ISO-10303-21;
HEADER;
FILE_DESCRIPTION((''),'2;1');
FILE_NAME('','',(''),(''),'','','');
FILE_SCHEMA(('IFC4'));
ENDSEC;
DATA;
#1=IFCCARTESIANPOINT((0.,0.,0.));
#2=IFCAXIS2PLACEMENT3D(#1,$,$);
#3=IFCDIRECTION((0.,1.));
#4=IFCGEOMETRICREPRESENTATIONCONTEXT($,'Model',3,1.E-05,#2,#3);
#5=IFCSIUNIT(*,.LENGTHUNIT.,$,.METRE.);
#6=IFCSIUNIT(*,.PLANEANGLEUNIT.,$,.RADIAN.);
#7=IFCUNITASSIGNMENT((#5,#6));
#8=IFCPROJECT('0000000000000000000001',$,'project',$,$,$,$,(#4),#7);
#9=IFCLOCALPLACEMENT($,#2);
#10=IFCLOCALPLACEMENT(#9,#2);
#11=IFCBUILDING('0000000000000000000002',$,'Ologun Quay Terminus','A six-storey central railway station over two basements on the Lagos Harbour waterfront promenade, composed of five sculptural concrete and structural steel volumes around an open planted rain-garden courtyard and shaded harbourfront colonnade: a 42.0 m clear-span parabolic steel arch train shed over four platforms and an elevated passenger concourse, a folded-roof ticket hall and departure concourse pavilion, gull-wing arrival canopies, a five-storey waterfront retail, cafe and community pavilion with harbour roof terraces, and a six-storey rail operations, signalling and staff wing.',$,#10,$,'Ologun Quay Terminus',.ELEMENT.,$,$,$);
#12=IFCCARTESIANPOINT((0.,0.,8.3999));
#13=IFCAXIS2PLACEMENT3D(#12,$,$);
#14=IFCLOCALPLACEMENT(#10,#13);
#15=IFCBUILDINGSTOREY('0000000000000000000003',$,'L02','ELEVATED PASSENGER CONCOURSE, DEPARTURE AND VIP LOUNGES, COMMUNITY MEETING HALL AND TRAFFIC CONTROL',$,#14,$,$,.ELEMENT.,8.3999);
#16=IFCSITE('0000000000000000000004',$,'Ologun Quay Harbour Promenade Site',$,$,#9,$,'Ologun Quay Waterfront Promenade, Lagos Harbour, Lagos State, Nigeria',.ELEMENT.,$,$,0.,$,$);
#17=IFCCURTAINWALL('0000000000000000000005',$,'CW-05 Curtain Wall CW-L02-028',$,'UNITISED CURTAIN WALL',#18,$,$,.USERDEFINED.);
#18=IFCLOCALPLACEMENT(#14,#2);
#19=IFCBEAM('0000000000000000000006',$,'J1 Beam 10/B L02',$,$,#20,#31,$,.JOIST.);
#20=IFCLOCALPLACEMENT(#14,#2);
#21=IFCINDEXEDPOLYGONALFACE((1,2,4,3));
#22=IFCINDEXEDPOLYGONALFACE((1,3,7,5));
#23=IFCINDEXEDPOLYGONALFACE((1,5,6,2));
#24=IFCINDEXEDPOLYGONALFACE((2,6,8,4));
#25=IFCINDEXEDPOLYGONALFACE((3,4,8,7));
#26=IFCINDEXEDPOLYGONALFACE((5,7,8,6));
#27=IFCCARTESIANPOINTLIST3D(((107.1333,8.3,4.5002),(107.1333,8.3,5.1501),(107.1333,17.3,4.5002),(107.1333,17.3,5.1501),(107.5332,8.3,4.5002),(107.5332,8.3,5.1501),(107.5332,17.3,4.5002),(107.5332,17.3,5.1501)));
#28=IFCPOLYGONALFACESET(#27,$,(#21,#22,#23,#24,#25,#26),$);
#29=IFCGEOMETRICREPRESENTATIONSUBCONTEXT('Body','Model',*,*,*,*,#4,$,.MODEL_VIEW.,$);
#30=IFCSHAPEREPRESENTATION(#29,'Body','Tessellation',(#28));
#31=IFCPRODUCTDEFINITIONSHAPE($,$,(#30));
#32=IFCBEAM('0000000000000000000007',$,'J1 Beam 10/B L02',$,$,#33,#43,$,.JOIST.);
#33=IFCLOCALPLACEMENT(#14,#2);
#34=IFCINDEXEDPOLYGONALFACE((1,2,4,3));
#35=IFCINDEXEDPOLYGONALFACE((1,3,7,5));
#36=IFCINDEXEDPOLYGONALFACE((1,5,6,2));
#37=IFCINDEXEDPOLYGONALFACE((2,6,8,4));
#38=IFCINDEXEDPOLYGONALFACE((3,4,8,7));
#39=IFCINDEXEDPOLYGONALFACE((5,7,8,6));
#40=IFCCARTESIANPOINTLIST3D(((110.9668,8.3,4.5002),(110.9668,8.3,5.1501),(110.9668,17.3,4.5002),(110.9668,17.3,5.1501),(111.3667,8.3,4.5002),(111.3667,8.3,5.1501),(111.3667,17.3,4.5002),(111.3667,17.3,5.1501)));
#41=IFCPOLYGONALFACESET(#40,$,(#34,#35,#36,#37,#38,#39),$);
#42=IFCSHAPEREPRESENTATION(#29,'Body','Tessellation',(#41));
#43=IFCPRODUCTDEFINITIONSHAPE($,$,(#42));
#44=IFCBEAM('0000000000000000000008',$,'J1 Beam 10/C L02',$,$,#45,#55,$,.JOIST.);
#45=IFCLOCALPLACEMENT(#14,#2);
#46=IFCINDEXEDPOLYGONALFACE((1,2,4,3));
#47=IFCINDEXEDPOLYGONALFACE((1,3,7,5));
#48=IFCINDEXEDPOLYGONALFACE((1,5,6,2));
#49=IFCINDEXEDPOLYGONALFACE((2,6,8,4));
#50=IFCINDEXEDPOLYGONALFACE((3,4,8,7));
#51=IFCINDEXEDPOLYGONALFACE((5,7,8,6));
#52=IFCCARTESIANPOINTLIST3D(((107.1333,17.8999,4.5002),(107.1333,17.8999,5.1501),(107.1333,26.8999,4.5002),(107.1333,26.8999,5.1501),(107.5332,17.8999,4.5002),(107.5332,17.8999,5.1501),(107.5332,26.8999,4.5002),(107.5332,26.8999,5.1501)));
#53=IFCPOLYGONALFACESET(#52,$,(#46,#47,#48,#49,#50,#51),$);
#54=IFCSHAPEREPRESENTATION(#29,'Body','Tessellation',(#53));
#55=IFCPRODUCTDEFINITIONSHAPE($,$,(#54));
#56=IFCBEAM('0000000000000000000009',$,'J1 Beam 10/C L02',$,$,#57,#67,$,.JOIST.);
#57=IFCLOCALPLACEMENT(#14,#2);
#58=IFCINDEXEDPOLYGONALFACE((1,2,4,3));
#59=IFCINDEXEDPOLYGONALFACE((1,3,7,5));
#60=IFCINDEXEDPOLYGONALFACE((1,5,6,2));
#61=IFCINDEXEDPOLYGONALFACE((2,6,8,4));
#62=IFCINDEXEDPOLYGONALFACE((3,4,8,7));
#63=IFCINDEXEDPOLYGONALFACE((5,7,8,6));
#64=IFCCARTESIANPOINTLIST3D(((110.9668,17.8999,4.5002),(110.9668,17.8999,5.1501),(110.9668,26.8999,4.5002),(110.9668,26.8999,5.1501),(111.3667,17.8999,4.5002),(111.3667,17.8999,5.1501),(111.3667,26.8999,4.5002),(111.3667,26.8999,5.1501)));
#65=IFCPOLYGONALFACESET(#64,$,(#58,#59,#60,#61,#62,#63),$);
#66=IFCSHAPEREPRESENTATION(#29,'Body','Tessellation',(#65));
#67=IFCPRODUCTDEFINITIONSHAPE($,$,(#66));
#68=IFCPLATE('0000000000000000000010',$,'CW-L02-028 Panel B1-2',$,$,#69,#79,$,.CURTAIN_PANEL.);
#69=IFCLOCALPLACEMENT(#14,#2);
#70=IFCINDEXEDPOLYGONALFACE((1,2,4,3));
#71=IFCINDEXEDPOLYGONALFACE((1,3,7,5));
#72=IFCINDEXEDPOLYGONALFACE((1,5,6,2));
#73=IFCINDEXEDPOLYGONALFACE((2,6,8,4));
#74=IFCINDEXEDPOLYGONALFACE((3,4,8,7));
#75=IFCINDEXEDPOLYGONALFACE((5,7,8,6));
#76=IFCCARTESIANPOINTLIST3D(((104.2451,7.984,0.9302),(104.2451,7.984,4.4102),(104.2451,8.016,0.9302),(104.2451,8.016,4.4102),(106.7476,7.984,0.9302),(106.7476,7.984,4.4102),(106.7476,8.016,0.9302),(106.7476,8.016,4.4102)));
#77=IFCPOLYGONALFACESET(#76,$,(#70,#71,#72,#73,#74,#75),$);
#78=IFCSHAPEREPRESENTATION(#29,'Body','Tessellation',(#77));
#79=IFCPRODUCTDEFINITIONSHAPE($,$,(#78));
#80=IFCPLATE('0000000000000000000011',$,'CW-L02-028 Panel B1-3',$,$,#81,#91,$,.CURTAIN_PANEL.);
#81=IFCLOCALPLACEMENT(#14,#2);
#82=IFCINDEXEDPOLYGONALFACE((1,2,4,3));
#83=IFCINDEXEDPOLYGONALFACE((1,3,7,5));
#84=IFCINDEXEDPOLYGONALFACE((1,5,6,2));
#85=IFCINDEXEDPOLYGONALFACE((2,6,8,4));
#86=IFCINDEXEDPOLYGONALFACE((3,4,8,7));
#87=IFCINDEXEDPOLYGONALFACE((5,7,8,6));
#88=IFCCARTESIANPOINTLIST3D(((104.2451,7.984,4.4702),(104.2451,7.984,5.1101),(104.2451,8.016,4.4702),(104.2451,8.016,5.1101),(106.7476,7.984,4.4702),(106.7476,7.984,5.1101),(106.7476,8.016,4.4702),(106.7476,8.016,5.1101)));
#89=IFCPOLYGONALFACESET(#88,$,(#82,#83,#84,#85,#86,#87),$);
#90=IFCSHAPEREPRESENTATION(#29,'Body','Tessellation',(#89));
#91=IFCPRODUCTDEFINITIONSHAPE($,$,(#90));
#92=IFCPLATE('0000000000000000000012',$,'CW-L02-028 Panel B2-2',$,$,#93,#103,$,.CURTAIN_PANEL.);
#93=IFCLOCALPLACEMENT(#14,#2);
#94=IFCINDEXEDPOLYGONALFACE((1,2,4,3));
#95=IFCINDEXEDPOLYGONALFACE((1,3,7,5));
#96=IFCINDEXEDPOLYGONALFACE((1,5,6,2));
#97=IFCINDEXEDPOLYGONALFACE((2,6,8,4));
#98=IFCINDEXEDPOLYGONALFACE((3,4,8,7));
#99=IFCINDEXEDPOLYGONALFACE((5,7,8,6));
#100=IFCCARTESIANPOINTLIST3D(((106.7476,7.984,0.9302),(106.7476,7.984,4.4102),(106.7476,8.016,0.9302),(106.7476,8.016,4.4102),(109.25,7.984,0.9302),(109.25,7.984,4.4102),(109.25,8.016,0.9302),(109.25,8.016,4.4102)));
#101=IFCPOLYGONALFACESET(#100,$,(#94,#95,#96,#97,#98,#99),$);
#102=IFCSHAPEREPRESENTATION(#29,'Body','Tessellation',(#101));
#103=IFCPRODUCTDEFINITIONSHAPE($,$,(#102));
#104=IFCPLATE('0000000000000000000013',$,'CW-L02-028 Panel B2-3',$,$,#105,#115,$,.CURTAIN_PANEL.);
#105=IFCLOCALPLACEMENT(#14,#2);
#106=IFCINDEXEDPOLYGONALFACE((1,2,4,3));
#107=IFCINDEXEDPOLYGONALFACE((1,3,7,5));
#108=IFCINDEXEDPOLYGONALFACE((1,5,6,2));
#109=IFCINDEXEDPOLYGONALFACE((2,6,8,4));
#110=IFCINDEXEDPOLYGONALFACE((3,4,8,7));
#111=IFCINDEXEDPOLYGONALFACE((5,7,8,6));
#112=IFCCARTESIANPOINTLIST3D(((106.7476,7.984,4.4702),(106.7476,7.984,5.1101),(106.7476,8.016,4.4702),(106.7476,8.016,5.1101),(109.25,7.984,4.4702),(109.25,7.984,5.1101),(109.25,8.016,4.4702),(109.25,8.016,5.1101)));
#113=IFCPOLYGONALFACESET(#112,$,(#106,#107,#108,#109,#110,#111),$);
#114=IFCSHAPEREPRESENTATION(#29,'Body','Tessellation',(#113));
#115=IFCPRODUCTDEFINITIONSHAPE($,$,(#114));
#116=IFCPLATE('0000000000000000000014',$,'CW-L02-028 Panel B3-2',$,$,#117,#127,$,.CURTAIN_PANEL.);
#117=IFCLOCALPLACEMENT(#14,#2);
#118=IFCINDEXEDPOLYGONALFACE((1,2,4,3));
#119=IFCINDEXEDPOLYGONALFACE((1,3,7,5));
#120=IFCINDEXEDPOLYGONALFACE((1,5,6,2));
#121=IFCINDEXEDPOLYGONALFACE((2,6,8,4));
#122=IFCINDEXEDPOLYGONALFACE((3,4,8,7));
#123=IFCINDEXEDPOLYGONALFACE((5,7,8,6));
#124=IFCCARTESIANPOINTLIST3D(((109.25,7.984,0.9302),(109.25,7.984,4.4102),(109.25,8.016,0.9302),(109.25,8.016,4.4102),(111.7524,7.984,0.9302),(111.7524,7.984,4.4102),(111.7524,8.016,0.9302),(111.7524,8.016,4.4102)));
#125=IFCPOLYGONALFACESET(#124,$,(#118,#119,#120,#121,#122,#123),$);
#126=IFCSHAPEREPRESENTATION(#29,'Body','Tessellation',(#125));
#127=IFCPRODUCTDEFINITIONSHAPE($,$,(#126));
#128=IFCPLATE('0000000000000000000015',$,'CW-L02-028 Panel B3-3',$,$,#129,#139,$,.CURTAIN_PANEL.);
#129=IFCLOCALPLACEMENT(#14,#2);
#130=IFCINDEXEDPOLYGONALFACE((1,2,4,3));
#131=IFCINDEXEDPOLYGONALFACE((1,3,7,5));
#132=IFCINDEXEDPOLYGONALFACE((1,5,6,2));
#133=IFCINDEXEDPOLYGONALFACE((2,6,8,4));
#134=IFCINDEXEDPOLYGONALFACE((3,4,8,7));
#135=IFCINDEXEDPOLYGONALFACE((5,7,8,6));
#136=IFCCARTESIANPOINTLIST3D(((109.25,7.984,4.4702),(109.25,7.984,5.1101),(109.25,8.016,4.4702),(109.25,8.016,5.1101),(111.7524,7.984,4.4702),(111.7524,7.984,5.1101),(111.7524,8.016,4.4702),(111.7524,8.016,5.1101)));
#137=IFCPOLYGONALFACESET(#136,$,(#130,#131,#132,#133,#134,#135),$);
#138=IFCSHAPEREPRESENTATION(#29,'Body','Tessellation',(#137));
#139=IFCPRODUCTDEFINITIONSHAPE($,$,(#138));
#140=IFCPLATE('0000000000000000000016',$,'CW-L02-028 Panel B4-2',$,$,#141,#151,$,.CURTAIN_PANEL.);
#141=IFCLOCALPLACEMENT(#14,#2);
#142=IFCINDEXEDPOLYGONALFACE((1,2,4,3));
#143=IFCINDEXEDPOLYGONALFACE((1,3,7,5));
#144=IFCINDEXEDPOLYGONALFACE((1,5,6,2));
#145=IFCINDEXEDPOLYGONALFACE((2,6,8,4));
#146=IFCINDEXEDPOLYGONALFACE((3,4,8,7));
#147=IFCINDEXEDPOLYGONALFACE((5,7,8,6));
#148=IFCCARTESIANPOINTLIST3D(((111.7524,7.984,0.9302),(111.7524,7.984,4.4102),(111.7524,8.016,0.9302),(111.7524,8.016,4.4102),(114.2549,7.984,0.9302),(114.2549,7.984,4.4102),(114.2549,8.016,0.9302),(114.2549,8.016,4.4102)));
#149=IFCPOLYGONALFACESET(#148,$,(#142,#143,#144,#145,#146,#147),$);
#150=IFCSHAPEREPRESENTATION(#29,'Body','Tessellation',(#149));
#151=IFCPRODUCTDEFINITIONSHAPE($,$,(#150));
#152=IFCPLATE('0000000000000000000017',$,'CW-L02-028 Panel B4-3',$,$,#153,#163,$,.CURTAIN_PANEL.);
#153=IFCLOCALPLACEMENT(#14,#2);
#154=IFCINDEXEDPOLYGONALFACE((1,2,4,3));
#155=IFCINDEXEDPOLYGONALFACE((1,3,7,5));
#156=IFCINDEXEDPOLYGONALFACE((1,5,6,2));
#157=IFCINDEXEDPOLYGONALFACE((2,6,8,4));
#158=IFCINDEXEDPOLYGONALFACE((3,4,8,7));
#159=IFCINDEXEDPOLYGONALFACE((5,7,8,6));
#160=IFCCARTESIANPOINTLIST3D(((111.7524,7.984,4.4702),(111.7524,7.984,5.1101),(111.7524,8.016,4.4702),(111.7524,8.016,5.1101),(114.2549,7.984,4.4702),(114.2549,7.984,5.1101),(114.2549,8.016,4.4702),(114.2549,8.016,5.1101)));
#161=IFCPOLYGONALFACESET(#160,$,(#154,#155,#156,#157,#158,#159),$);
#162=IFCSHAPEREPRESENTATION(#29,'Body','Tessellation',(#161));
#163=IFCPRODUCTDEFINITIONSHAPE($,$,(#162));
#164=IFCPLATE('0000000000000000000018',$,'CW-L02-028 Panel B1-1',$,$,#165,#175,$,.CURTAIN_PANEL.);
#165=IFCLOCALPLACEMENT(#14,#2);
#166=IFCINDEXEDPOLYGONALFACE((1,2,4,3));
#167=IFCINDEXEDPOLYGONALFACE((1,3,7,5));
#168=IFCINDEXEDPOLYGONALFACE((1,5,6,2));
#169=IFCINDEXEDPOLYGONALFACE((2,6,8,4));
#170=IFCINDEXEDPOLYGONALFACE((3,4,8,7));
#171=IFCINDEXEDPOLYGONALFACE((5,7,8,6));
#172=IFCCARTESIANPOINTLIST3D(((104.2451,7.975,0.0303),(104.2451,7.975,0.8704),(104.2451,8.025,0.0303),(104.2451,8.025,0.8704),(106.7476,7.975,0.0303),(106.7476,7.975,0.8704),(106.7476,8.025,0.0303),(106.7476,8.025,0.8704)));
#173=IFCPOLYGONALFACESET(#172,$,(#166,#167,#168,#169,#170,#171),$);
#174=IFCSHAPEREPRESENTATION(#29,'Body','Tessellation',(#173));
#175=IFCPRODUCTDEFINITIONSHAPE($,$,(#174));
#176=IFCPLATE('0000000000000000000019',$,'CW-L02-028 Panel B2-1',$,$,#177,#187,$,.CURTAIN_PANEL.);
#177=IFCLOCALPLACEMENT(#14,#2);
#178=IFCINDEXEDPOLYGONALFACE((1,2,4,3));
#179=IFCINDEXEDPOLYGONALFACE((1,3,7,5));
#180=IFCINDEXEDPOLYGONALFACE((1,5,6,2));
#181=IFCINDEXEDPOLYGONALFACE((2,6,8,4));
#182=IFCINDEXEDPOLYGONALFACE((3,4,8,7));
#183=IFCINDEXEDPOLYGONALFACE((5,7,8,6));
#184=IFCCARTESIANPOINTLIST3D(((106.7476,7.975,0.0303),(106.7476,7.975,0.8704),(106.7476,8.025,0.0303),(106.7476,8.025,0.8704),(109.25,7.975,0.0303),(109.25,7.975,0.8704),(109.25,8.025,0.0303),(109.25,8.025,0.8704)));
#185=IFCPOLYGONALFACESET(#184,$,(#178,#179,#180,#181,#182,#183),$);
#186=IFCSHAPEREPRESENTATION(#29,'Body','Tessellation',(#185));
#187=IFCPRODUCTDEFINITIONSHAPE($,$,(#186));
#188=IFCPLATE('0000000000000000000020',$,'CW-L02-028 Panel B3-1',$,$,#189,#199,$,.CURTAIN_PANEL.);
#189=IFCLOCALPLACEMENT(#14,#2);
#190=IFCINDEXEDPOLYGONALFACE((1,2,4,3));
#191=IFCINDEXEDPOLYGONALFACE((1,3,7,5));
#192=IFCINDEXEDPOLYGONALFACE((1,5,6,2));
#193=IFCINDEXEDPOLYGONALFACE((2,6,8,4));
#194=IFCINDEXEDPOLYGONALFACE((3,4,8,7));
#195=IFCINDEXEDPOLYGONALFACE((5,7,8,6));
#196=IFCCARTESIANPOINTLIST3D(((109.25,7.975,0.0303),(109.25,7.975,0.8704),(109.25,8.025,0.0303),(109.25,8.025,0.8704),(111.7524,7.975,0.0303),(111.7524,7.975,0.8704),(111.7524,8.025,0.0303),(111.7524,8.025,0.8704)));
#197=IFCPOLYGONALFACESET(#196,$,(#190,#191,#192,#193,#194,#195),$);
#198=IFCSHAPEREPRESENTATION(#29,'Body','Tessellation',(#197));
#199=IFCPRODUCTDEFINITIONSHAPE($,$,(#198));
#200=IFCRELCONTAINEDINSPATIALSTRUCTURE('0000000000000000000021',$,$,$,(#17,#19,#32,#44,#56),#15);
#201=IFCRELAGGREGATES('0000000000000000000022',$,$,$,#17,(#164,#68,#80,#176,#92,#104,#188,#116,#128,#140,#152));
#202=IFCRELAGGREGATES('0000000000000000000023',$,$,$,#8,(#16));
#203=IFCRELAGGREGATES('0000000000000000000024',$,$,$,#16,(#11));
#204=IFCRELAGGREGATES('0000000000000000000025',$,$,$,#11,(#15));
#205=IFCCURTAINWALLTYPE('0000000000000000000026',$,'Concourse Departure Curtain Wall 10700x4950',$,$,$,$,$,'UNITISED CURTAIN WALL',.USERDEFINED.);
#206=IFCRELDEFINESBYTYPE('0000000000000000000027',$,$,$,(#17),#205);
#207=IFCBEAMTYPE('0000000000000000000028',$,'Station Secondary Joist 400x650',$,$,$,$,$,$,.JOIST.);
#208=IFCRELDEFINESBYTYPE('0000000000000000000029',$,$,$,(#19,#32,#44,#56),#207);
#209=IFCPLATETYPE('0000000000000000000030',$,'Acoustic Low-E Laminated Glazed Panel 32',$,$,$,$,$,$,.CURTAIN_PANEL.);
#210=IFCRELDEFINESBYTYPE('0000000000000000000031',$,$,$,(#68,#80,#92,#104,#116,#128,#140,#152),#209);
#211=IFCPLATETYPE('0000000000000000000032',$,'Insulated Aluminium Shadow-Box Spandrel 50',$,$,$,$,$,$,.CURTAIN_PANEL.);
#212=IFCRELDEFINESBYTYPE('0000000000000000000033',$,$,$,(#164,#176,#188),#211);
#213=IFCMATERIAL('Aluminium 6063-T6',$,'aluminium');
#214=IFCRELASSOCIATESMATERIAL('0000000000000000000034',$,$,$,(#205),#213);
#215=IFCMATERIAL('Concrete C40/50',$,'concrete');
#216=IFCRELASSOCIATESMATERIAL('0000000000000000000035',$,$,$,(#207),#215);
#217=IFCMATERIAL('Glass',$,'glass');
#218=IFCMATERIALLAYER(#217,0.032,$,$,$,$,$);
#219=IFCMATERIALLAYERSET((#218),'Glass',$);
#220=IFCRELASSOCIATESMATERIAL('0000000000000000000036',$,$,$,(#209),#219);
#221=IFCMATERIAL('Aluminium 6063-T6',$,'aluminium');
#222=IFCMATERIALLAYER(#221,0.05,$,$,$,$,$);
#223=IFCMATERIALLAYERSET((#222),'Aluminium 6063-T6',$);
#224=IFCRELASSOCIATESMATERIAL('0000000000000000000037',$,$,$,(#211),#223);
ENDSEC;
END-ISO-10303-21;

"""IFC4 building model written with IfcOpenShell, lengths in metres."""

from ifc_helpers import new_model, si_unit, direction, frame, origin, origin_2d, place, context, subcontext, project, spatial, rectangle, extrude, material, layer, layer_set, material_profile, profile_set, type_object, element, aggregate, save


model = new_model("IFC4")

# Units and contexts
model_context = context("Model", 3, precision=1e-05, world=origin(), true_north=direction((0.0, 1.0)))
body_context = subcontext(model_context, "Body", "Model", "MODEL_VIEW")
ifc_project = project(units=[si_unit("LENGTHUNIT", "METRE"), si_unit("PLANEANGLEUNIT", "RADIAN")], contexts=[model_context])

# Site, building, storey
site_placement = place(None, origin())
site = spatial("IfcSite", under=ifc_project, at=site_placement, Name="Ologun Quay Harbour Promenade Site", LongName="Ologun Quay Waterfront Promenade, Lagos Harbour, Lagos State, Nigeria", CompositionType="ELEMENT", RefElevation=0.0)
building_placement = place(site_placement, origin())
building = spatial("IfcBuilding", under=site, at=building_placement, Name="Ologun Quay Terminus", Description="A six-storey central railway station over two basements on the Lagos Harbour waterfront promenade, composed of five sculptural concrete and structural steel volumes around an open planted rain-garden courtyard and shaded harbourfront colonnade: a 42.0 m clear-span parabolic steel arch train shed over four platforms and an elevated passenger concourse, a folded-roof ticket hall and departure concourse pavilion, gull-wing arrival canopies, a five-storey waterfront retail, cafe and community pavilion with harbour roof terraces, and a six-storey rail operations, signalling and staff wing.", LongName="Ologun Quay Terminus", CompositionType="ELEMENT")
storey_placement = place(building_placement, frame((0.0, 0.0, 8.3999)))
storey = spatial("IfcBuildingStorey", under=building, at=storey_placement, Name="L02", Description="ELEVATED PASSENGER CONCOURSE, DEPARTURE AND VIP LOUNGES, COMMUNITY MEETING HALL AND TRAFFIC CONTROL", CompositionType="ELEMENT", Elevation=8.3999)

# Curtain wall
ifc_material_1 = material(Name="Aluminium 6063-T6", Category="aluminium")
curtain_wall_type = type_object("IfcCurtainWallType", Name="Concourse Departure Curtain Wall 10700x4950", ElementType="UNITISED CURTAIN WALL", PredefinedType="USERDEFINED", material=ifc_material_1)
curtain_wall_placement = place(storey_placement, origin())
curtain_wall = element("IfcCurtainWall", 1, at=curtain_wall_placement, inside=storey, type_object=curtain_wall_type, Name="CW-05 Curtain Wall CW-L02-028", ObjectType="UNITISED CURTAIN WALL", PredefinedType="USERDEFINED")

# Beams
ifc_material_2 = material(Name="Concrete C40/50", Category="concrete")
ifc_material_profile_1 = material_profile(ifc_material_2, rectangle(XDim=0.3999, YDim=0.6499, at=origin_2d()), Name="RC 400x650")
ifc_profile_set_1 = profile_set([ifc_material_profile_1], Name="Concrete C40/50")
beam_type_1 = type_object("IfcBeamType", Name="Station Secondary Joist 400x650", PredefinedType="JOIST", material=ifc_profile_set_1)
for number, where, z_axis, x_axis, name in (
    (2, (107.3333, 8.3, 4.8252), (0.0, 1.0, 0.0), (-1.0, 0.0, 0.0), "J1 Beam 10/B L02"),
    (3, (111.1667, 8.3, 4.8252), (0.0, 1.0, 0.0), (-1.0, 0.0, 0.0), "J1 Beam 10/B L02"),
    (4, (107.3333, 17.8999, 4.8252), (0.0, 1.0, 0.0), (-1.0, 0.0, 0.0), "J1 Beam 10/C L02"),
    (5, (111.1667, 17.8999, 4.8252), (0.0, 1.0, 0.0), (-1.0, 0.0, 0.0), "J1 Beam 10/C L02"),
):
    element("IfcBeam", number, at=place(storey_placement, frame(where, z_axis=z_axis, x_axis=x_axis)), inside=storey, type_object=beam_type_1, Name=name, PredefinedType="JOIST", context=body_context, shape_type="SweptSolid", body=[
        extrude(rectangle(XDim=0.3999, YDim=0.6499, at=origin_2d()), origin(), (0.0, 0.0, 1.0), 9.0),
    ])

# Plates
ifc_material_3 = material(Name="Glass", Category="glass")
ifc_layer_1 = layer(ifc_material_3, 0.032)
ifc_layer_set_1 = layer_set([ifc_layer_1], Name="Glass")
plate_type_1 = type_object("IfcPlateType", Name="Acoustic Low-E Laminated Glazed Panel 32", PredefinedType="CURTAIN_PANEL", material=ifc_layer_set_1)
plate_1_placement = place(storey_placement, frame((105.4963, 8.0, 0.9302), z_axis=(0.0, 0.0, 1.0), x_axis=(1.0, 0.0, 0.0)))
plate_1 = element("IfcPlate", 6, at=plate_1_placement, type_object=plate_type_1, Name="CW-L02-028 Panel B1-2", PredefinedType="CURTAIN_PANEL", context=body_context, shape_type="SweptSolid", body=[
    extrude(rectangle(XDim=2.5024, YDim=0.032, at=origin_2d()), origin(), (0.0, 0.0, 1.0), 3.48),
])
plate_2_placement = place(storey_placement, frame((105.4963, 8.0, 4.4702), z_axis=(0.0, 0.0, 1.0), x_axis=(1.0, 0.0, 0.0)))
plate_2 = element("IfcPlate", 7, at=plate_2_placement, type_object=plate_type_1, Name="CW-L02-028 Panel B1-3", PredefinedType="CURTAIN_PANEL", context=body_context, shape_type="SweptSolid", body=[
    extrude(rectangle(XDim=2.5024, YDim=0.032, at=origin_2d()), origin(), (0.0, 0.0, 1.0), 0.6399),
])
plate_3_placement = place(storey_placement, frame((107.9988, 8.0, 0.9302), z_axis=(0.0, 0.0, 1.0), x_axis=(1.0, 0.0, 0.0)))
plate_3 = element("IfcPlate", 8, at=plate_3_placement, type_object=plate_type_1, Name="CW-L02-028 Panel B2-2", PredefinedType="CURTAIN_PANEL", context=body_context, shape_type="SweptSolid", body=[
    extrude(rectangle(XDim=2.5024, YDim=0.032, at=origin_2d()), origin(), (0.0, 0.0, 1.0), 3.48),
])
plate_4_placement = place(storey_placement, frame((107.9988, 8.0, 4.4702), z_axis=(0.0, 0.0, 1.0), x_axis=(1.0, 0.0, 0.0)))
plate_4 = element("IfcPlate", 9, at=plate_4_placement, type_object=plate_type_1, Name="CW-L02-028 Panel B2-3", PredefinedType="CURTAIN_PANEL", context=body_context, shape_type="SweptSolid", body=[
    extrude(rectangle(XDim=2.5024, YDim=0.032, at=origin_2d()), origin(), (0.0, 0.0, 1.0), 0.6399),
])
plate_5_placement = place(storey_placement, frame((110.5012, 8.0, 0.9302), z_axis=(0.0, 0.0, 1.0), x_axis=(1.0, 0.0, 0.0)))
plate_5 = element("IfcPlate", 10, at=plate_5_placement, type_object=plate_type_1, Name="CW-L02-028 Panel B3-2", PredefinedType="CURTAIN_PANEL", context=body_context, shape_type="SweptSolid", body=[
    extrude(rectangle(XDim=2.5024, YDim=0.032, at=origin_2d()), origin(), (0.0, 0.0, 1.0), 3.48),
])
plate_6_placement = place(storey_placement, frame((110.5012, 8.0, 4.4702), z_axis=(0.0, 0.0, 1.0), x_axis=(1.0, 0.0, 0.0)))
plate_6 = element("IfcPlate", 11, at=plate_6_placement, type_object=plate_type_1, Name="CW-L02-028 Panel B3-3", PredefinedType="CURTAIN_PANEL", context=body_context, shape_type="SweptSolid", body=[
    extrude(rectangle(XDim=2.5024, YDim=0.032, at=origin_2d()), origin(), (0.0, 0.0, 1.0), 0.6399),
])
plate_7_placement = place(storey_placement, frame((113.0037, 8.0, 0.9302), z_axis=(0.0, 0.0, 1.0), x_axis=(1.0, 0.0, 0.0)))
plate_7 = element("IfcPlate", 12, at=plate_7_placement, type_object=plate_type_1, Name="CW-L02-028 Panel B4-2", PredefinedType="CURTAIN_PANEL", context=body_context, shape_type="SweptSolid", body=[
    extrude(rectangle(XDim=2.5024, YDim=0.032, at=origin_2d()), origin(), (0.0, 0.0, 1.0), 3.48),
])
plate_8_placement = place(storey_placement, frame((113.0037, 8.0, 4.4702), z_axis=(0.0, 0.0, 1.0), x_axis=(1.0, 0.0, 0.0)))
plate_8 = element("IfcPlate", 13, at=plate_8_placement, type_object=plate_type_1, Name="CW-L02-028 Panel B4-3", PredefinedType="CURTAIN_PANEL", context=body_context, shape_type="SweptSolid", body=[
    extrude(rectangle(XDim=2.5024, YDim=0.032, at=origin_2d()), origin(), (0.0, 0.0, 1.0), 0.6399),
])
ifc_material_4 = material(Name="Aluminium 6063-T6", Category="aluminium")
ifc_layer_2 = layer(ifc_material_4, 0.05)
ifc_layer_set_2 = layer_set([ifc_layer_2], Name="Aluminium 6063-T6")
plate_type_2 = type_object("IfcPlateType", Name="Insulated Aluminium Shadow-Box Spandrel 50", PredefinedType="CURTAIN_PANEL", material=ifc_layer_set_2)
plate_9_placement = place(storey_placement, frame((105.4963, 8.0, 0.0303), z_axis=(0.0, 0.0, 1.0), x_axis=(1.0, 0.0, 0.0)))
plate_9 = element("IfcPlate", 14, at=plate_9_placement, type_object=plate_type_2, Name="CW-L02-028 Panel B1-1", PredefinedType="CURTAIN_PANEL", context=body_context, shape_type="SweptSolid", body=[
    extrude(rectangle(XDim=2.5024, YDim=0.05, at=origin_2d()), origin(), (0.0, 0.0, 1.0), 0.8401),
])
plate_10_placement = place(storey_placement, frame((107.9988, 8.0, 0.0303), z_axis=(0.0, 0.0, 1.0), x_axis=(1.0, 0.0, 0.0)))
plate_10 = element("IfcPlate", 15, at=plate_10_placement, type_object=plate_type_2, Name="CW-L02-028 Panel B2-1", PredefinedType="CURTAIN_PANEL", context=body_context, shape_type="SweptSolid", body=[
    extrude(rectangle(XDim=2.5024, YDim=0.05, at=origin_2d()), origin(), (0.0, 0.0, 1.0), 0.8401),
])
plate_11_placement = place(storey_placement, frame((110.5012, 8.0, 0.0303), z_axis=(0.0, 0.0, 1.0), x_axis=(1.0, 0.0, 0.0)))
plate_11 = element("IfcPlate", 16, at=plate_11_placement, type_object=plate_type_2, Name="CW-L02-028 Panel B3-1", PredefinedType="CURTAIN_PANEL", context=body_context, shape_type="SweptSolid", body=[
    extrude(rectangle(XDim=2.5024, YDim=0.05, at=origin_2d()), origin(), (0.0, 0.0, 1.0), 0.8401),
])
aggregate(curtain_wall, [plate_9, plate_1, plate_2, plate_10, plate_3, plate_4, plate_11, plate_5, plate_6, plate_7, plate_8])

save(model, "model.ifc")
